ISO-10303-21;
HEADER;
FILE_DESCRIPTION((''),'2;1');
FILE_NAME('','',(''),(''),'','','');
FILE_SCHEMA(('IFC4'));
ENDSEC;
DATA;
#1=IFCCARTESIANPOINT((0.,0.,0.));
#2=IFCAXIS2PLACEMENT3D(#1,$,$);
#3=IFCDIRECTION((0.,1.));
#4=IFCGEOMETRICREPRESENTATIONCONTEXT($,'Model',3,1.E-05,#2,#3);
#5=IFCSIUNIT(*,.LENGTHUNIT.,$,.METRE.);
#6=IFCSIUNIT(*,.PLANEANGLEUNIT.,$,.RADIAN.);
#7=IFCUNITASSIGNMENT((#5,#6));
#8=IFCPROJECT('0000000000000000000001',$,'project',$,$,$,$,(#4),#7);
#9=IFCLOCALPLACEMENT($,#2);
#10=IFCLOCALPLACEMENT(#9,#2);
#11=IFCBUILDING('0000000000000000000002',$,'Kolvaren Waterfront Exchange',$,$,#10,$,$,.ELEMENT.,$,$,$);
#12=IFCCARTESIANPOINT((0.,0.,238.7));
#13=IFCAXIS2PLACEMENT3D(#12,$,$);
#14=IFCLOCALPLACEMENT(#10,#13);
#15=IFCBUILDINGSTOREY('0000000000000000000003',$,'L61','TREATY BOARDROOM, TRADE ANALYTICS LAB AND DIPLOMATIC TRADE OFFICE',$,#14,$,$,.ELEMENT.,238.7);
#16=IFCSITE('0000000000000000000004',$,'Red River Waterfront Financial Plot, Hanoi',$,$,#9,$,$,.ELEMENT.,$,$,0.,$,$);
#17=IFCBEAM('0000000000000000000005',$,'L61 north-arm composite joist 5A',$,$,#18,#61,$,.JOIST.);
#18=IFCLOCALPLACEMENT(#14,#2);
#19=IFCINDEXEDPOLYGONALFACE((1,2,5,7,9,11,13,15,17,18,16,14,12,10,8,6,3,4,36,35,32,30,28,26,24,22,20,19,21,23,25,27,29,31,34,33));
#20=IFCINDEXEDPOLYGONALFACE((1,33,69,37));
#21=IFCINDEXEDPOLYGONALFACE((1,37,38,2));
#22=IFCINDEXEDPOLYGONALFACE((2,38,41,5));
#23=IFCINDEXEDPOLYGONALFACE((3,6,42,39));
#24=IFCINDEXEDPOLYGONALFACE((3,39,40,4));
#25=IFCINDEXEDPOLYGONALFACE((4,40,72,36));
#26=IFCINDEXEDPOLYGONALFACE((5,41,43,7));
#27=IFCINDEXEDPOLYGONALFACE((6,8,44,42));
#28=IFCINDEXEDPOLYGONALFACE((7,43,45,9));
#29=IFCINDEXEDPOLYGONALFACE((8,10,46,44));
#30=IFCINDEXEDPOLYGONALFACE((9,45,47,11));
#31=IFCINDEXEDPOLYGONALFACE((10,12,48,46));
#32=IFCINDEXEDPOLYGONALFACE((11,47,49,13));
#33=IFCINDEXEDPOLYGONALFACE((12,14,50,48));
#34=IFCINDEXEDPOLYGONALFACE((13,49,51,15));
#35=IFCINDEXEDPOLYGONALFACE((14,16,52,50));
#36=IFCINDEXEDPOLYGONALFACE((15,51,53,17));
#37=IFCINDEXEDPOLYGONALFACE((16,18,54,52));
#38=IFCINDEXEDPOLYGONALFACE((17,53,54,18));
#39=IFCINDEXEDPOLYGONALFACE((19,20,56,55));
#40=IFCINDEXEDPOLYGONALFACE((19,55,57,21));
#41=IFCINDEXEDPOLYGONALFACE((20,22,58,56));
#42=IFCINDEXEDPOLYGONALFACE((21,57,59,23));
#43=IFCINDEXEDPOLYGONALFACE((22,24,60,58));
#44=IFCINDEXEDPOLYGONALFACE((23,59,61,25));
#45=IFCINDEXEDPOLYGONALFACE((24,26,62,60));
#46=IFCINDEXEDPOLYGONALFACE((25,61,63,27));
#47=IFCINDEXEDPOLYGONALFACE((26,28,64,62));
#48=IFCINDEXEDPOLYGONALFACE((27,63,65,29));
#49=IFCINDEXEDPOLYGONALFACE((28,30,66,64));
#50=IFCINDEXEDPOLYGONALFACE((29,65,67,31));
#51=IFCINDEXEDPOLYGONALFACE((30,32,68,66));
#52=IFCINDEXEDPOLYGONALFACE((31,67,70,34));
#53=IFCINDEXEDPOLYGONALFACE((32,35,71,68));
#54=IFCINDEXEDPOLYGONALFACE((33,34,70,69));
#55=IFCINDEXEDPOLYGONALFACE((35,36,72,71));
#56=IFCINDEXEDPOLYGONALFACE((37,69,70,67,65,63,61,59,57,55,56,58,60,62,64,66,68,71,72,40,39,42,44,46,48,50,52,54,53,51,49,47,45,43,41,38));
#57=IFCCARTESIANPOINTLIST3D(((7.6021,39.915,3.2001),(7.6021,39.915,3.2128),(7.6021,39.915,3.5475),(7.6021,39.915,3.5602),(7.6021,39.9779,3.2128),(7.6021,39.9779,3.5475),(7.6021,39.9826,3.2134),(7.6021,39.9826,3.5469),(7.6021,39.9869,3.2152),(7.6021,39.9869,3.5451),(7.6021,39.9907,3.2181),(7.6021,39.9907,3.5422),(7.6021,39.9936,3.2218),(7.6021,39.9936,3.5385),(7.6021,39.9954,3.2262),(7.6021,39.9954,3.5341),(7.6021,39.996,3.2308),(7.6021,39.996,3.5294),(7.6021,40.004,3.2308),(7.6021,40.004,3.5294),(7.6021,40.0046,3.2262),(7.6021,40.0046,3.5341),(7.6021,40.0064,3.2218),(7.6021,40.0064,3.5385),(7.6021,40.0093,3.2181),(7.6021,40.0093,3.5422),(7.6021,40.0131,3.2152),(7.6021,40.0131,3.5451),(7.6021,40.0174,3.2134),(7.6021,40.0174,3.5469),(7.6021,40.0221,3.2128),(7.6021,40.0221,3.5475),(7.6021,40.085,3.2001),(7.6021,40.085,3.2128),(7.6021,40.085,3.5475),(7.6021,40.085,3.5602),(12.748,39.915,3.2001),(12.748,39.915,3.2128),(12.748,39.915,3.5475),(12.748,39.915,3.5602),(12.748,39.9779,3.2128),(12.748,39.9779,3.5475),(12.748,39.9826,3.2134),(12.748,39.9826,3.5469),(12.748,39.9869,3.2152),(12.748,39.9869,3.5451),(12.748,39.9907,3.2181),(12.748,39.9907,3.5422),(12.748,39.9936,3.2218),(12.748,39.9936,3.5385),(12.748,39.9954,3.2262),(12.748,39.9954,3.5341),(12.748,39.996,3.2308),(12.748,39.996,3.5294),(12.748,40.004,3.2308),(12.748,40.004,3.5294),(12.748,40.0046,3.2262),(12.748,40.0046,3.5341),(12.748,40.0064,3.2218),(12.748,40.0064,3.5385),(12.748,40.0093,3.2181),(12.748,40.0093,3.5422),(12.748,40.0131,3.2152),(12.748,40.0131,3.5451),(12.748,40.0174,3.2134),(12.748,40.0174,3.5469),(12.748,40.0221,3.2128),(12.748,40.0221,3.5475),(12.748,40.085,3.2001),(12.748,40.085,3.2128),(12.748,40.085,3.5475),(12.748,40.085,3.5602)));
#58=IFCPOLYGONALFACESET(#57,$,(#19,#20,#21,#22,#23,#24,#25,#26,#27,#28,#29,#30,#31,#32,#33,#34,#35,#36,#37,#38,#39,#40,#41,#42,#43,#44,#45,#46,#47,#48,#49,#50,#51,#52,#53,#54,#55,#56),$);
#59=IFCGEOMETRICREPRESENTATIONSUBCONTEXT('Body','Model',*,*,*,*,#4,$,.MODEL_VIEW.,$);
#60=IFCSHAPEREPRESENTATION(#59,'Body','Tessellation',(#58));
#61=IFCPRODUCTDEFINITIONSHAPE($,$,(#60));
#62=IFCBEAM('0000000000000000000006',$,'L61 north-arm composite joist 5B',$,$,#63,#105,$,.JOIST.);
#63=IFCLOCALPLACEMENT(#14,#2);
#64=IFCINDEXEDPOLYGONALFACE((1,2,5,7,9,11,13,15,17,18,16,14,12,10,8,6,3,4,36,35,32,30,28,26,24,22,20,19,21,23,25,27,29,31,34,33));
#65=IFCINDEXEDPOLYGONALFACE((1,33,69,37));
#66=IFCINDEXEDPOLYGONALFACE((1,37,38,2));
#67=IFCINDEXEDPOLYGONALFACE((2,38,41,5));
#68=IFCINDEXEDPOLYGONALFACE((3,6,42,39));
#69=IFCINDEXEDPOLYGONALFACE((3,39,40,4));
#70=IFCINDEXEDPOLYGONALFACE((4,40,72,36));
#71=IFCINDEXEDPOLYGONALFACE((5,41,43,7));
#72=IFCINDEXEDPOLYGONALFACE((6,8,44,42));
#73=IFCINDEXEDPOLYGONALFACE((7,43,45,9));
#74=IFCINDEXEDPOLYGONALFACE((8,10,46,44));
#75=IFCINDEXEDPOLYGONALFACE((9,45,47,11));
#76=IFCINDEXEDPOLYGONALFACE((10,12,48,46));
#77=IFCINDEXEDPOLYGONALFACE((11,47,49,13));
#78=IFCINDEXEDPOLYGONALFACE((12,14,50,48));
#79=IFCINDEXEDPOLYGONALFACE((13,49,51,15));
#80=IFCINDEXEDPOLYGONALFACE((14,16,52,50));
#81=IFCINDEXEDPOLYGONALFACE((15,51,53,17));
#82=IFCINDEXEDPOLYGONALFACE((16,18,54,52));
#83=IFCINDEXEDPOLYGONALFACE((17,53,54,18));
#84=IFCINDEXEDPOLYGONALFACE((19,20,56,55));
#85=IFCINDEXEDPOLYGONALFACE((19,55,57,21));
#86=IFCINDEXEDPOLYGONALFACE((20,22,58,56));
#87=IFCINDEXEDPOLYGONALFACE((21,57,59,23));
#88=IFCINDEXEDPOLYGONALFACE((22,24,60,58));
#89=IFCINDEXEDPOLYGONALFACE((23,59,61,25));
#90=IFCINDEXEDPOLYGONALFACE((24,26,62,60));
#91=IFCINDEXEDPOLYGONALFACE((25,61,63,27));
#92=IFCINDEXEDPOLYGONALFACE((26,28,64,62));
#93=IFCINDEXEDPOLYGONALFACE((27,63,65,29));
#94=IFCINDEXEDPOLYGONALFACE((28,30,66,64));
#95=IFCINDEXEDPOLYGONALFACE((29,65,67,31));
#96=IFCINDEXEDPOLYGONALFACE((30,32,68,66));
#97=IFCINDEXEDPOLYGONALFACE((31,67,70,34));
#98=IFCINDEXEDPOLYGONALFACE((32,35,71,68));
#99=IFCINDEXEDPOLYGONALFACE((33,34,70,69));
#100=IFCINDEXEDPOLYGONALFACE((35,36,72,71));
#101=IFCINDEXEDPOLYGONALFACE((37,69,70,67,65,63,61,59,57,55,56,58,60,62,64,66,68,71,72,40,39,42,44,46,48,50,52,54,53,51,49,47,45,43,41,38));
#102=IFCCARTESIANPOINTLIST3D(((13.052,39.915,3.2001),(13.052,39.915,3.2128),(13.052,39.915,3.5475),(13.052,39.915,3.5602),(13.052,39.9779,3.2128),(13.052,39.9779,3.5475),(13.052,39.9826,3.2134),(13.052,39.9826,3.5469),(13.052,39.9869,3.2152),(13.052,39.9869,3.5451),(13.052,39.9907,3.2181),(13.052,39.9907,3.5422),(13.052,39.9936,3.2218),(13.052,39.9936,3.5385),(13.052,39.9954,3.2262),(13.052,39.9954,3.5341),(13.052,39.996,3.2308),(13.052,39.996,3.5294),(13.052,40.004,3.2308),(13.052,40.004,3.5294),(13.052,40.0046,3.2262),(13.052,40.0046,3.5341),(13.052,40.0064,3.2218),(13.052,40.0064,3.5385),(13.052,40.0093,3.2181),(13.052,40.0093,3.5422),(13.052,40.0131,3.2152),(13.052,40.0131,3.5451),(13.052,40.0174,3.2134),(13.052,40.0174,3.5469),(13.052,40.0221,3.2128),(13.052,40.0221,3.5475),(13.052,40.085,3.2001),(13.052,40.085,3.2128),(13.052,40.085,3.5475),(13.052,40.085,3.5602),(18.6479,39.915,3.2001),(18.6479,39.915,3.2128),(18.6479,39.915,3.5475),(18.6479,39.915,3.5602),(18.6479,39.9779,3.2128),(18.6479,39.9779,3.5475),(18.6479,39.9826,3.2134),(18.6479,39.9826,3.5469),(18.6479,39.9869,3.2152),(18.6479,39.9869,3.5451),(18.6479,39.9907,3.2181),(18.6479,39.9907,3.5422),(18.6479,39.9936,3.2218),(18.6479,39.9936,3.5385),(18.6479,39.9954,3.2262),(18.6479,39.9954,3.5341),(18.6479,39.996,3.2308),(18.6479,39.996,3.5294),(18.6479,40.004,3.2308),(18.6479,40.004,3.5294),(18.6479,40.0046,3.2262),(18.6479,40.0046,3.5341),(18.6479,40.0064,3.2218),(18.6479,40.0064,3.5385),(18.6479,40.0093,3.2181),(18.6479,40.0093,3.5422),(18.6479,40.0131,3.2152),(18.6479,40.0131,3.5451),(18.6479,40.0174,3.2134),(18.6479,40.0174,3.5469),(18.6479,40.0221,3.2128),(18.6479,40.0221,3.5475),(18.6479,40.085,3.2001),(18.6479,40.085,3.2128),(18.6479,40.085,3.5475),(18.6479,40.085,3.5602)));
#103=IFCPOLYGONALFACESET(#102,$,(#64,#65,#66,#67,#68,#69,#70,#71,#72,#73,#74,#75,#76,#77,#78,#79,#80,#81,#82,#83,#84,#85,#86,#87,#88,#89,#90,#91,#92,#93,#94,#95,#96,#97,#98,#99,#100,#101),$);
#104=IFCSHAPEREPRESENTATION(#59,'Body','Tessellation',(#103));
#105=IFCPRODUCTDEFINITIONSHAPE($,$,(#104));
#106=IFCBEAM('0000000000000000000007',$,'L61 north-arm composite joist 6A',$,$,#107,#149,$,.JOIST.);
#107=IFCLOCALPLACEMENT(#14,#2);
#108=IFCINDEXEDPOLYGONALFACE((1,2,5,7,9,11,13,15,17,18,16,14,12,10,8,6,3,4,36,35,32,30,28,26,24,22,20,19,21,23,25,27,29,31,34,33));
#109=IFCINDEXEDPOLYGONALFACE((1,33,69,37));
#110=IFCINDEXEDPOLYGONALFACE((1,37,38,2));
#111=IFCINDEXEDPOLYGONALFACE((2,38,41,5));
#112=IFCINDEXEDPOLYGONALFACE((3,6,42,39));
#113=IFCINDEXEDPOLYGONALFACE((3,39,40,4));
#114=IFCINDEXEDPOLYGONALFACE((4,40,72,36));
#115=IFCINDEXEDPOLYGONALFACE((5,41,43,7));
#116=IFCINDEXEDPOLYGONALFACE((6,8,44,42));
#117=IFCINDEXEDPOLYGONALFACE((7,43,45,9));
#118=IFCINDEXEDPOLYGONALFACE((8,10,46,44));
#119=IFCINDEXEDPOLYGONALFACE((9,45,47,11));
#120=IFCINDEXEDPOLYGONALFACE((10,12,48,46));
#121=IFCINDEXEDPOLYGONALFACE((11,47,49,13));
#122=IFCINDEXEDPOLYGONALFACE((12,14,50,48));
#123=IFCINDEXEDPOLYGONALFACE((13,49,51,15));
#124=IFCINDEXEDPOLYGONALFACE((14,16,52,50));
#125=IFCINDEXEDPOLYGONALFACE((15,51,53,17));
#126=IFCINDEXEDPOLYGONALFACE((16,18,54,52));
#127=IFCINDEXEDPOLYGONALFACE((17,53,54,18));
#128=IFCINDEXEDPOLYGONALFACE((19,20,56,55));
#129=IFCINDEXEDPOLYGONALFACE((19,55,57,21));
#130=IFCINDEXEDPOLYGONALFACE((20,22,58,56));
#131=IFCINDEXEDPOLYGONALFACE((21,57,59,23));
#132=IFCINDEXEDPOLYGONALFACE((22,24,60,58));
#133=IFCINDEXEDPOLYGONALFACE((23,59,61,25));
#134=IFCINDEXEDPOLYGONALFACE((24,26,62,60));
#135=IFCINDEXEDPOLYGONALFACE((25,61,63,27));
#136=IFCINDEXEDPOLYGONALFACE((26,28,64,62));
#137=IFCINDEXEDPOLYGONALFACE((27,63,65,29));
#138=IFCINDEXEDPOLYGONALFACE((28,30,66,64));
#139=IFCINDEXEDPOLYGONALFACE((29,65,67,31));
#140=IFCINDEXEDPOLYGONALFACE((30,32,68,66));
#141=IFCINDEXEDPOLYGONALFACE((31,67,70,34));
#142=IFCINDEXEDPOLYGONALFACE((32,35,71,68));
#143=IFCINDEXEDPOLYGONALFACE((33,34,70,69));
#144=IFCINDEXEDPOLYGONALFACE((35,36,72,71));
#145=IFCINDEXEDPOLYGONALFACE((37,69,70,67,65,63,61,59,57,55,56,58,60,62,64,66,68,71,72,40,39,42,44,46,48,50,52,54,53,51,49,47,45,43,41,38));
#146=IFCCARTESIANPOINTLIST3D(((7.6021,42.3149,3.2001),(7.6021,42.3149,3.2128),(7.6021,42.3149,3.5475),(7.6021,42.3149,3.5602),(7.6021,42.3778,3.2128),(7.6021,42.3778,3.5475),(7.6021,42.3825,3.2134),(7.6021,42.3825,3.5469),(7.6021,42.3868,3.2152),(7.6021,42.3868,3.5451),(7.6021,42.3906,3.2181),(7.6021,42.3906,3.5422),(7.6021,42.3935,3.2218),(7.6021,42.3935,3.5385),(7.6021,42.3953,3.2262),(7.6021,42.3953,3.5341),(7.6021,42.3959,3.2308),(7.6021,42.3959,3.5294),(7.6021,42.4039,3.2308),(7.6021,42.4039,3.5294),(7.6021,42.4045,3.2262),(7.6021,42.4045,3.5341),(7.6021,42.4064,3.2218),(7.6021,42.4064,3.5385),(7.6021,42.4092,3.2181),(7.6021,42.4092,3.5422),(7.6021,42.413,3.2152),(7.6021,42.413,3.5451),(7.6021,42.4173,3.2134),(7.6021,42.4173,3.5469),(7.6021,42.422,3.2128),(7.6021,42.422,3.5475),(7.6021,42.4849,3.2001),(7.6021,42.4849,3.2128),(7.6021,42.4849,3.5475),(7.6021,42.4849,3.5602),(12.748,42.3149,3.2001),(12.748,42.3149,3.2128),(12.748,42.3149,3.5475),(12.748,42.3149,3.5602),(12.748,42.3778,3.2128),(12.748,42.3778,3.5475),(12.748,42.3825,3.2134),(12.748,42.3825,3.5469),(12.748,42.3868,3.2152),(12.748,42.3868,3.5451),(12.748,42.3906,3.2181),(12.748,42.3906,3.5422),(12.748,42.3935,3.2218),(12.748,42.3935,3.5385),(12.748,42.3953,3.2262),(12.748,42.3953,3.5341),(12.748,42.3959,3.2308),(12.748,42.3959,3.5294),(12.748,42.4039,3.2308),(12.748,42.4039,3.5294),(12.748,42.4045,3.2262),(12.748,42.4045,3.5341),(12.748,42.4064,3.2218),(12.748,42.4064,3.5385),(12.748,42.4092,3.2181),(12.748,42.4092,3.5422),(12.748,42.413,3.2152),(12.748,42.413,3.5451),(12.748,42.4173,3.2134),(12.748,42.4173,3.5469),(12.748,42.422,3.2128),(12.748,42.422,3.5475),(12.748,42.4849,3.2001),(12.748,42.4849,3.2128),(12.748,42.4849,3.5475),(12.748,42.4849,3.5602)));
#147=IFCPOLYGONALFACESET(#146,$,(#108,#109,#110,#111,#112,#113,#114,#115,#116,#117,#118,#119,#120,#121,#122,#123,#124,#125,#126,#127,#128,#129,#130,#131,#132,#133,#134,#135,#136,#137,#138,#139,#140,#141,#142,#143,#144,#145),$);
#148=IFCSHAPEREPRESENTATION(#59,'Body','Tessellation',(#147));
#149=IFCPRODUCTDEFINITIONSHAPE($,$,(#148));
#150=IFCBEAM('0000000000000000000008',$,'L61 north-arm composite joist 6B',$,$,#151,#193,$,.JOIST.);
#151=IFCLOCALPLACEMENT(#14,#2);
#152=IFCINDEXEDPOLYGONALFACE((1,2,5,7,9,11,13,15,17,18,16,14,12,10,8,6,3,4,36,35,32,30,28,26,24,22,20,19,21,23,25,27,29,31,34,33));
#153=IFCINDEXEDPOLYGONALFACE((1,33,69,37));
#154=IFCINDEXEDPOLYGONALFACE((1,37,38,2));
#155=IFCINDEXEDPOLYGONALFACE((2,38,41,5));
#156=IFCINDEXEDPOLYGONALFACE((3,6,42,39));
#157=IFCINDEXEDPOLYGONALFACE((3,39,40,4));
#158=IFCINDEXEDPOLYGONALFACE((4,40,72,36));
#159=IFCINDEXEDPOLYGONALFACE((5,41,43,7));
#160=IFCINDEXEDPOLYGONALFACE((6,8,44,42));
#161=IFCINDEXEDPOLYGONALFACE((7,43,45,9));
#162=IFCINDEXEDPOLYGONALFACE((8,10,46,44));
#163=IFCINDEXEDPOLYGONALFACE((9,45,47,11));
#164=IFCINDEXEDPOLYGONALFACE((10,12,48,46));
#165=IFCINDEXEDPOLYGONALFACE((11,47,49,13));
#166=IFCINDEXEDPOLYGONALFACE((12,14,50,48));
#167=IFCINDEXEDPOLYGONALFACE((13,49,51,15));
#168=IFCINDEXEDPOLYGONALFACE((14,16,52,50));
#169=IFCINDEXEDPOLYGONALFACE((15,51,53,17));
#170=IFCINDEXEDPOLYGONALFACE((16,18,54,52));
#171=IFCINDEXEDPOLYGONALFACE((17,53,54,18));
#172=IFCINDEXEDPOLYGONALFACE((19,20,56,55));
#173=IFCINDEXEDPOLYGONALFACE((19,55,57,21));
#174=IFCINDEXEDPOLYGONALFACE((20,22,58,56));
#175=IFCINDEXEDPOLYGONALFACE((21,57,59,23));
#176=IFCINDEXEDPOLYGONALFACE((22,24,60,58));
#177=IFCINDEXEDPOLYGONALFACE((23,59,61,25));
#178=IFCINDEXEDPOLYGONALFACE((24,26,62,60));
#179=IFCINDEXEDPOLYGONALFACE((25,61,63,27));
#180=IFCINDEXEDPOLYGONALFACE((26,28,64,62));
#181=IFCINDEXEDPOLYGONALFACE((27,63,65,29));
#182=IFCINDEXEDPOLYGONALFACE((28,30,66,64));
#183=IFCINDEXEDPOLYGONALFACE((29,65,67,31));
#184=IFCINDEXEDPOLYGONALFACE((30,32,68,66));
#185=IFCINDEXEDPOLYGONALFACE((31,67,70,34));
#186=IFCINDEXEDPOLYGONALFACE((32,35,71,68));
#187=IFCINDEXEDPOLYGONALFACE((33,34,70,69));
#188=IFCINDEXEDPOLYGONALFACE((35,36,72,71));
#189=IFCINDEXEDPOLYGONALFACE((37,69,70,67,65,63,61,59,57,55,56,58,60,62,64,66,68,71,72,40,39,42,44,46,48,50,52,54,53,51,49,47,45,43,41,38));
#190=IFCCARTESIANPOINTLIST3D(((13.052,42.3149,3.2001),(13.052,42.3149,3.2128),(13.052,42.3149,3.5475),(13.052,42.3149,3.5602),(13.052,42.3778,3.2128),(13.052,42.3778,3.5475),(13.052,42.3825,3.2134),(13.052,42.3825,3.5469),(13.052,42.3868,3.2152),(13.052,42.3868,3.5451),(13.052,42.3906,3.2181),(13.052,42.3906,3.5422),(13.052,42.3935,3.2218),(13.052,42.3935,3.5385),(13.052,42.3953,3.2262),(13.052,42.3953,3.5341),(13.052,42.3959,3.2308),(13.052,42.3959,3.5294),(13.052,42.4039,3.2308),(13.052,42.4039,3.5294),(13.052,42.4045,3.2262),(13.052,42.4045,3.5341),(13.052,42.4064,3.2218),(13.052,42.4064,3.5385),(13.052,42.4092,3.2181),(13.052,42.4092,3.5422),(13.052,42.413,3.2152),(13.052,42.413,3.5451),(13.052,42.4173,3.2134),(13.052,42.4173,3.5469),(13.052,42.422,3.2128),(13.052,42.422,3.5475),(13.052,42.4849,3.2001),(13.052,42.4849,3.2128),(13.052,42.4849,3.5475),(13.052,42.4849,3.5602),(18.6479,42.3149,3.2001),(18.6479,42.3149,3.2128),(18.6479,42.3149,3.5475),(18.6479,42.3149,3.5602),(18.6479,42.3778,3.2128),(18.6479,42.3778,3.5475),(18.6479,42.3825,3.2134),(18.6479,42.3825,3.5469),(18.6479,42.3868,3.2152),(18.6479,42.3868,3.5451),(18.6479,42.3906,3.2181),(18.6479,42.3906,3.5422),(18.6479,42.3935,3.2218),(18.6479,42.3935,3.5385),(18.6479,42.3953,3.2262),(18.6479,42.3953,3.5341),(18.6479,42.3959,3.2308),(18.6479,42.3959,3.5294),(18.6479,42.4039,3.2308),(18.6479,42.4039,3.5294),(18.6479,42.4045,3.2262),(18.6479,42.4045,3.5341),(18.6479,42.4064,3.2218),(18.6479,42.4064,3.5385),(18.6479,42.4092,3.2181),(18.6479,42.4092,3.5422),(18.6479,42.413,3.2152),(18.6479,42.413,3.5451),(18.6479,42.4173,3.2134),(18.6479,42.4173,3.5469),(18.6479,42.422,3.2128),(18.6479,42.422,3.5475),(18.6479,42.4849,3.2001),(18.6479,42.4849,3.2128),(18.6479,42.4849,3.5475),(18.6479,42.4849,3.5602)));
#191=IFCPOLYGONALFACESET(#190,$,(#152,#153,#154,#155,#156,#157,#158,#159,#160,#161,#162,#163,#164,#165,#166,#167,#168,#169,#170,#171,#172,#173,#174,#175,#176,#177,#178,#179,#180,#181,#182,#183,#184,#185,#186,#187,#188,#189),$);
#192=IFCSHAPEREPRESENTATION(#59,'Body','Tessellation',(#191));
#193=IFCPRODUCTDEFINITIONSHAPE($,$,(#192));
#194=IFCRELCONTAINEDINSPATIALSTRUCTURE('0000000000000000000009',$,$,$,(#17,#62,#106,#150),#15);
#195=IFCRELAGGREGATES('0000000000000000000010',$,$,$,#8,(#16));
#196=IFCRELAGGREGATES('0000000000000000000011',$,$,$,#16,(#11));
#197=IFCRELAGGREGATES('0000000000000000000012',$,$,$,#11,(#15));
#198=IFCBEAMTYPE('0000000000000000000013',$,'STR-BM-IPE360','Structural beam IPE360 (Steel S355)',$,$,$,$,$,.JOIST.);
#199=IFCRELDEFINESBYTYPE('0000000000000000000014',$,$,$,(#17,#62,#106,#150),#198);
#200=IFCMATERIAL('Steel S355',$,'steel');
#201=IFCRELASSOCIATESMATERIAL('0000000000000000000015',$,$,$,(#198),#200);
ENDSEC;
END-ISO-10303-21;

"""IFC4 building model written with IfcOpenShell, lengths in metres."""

from ifc_helpers import new_model, si_unit, direction, frame, origin, origin_2d, place, context, subcontext, project, spatial, i_section, extrude, material, material_profile, profile_set, type_object, element, save


model = new_model("IFC4")

# Units and contexts
model_context = context("Model", 3, precision=1e-05, world=origin(), true_north=direction((0.0, 1.0)))
body_context = subcontext(model_context, "Body", "Model", "MODEL_VIEW")
ifc_project = project(units=[si_unit("LENGTHUNIT", "METRE"), si_unit("PLANEANGLEUNIT", "RADIAN")], contexts=[model_context])

# Site, building, storey
site_placement = place(None, origin())
site = spatial("IfcSite", under=ifc_project, at=site_placement, Name="Red River Waterfront Financial Plot, Hanoi", CompositionType="ELEMENT", RefElevation=0.0)
building_placement = place(site_placement, origin())
building = spatial("IfcBuilding", under=site, at=building_placement, Name="Kolvaren Waterfront Exchange", CompositionType="ELEMENT")
storey_placement = place(building_placement, frame((0.0, 0.0, 238.7)))
storey = spatial("IfcBuildingStorey", under=building, at=storey_placement, Name="L61", Description="TREATY BOARDROOM, TRADE ANALYTICS LAB AND DIPLOMATIC TRADE OFFICE", CompositionType="ELEMENT", Elevation=238.7)

# Beams
ifc_material_1 = material(Name="Steel S355", Category="steel")
ifc_material_profile_1 = material_profile(ifc_material_1, i_section(OverallWidth=0.1699, OverallDepth=0.3601, WebThickness=0.0081, FlangeThickness=0.0127, FilletRadius=0.0181, at=origin_2d()), Name="IPE360")
ifc_profile_set_1 = profile_set([ifc_material_profile_1], Name="Steel S355")
beam_type_1 = type_object("IfcBeamType", Name="STR-BM-IPE360", Description="Structural beam IPE360 (Steel S355)", PredefinedType="JOIST", material=ifc_profile_set_1)
beam_1_placement = place(storey_placement, frame((7.6021, 40.0, 3.3801), z_axis=(1.0, 0.0, 0.0), x_axis=(0.0, 1.0, 0.0)))
element("IfcBeam", 1, at=beam_1_placement, inside=storey, type_object=beam_type_1, Name="L61 north-arm composite joist 5A", PredefinedType="JOIST", context=body_context, shape_type="SweptSolid", body=[
    extrude(i_section(OverallWidth=0.1699, OverallDepth=0.3601, WebThickness=0.0081, FlangeThickness=0.0127, FilletRadius=0.0181, at=origin_2d()), origin(), (0.0, 0.0, 1.0), 5.146),
])
beam_2_placement = place(storey_placement, frame((13.052, 40.0, 3.3801), z_axis=(1.0, 0.0, 0.0), x_axis=(0.0, 1.0, 0.0)))
element("IfcBeam", 2, at=beam_2_placement, inside=storey, type_object=beam_type_1, Name="L61 north-arm composite joist 5B", PredefinedType="JOIST", context=body_context, shape_type="SweptSolid", body=[
    extrude(i_section(OverallWidth=0.1699, OverallDepth=0.3601, WebThickness=0.0081, FlangeThickness=0.0127, FilletRadius=0.0181, at=origin_2d()), origin(), (0.0, 0.0, 1.0), 5.5959),
])
beam_3_placement = place(storey_placement, frame((7.6021, 42.3999, 3.3801), z_axis=(1.0, 0.0, 0.0), x_axis=(0.0, 1.0, 0.0)))
element("IfcBeam", 3, at=beam_3_placement, inside=storey, type_object=beam_type_1, Name="L61 north-arm composite joist 6A", PredefinedType="JOIST", context=body_context, shape_type="SweptSolid", body=[
    extrude(i_section(OverallWidth=0.1699, OverallDepth=0.3601, WebThickness=0.0081, FlangeThickness=0.0127, FilletRadius=0.0181, at=origin_2d()), origin(), (0.0, 0.0, 1.0), 5.146),
])
beam_4_placement = place(storey_placement, frame((13.052, 42.3999, 3.3801), z_axis=(1.0, 0.0, 0.0), x_axis=(0.0, 1.0, 0.0)))
element("IfcBeam", 4, at=beam_4_placement, inside=storey, type_object=beam_type_1, Name="L61 north-arm composite joist 6B", PredefinedType="JOIST", context=body_context, shape_type="SweptSolid", body=[
    extrude(i_section(OverallWidth=0.1699, OverallDepth=0.3601, WebThickness=0.0081, FlangeThickness=0.0127, FilletRadius=0.0181, at=origin_2d()), origin(), (0.0, 0.0, 1.0), 5.5959),
])

save(model, "model.ifc")
